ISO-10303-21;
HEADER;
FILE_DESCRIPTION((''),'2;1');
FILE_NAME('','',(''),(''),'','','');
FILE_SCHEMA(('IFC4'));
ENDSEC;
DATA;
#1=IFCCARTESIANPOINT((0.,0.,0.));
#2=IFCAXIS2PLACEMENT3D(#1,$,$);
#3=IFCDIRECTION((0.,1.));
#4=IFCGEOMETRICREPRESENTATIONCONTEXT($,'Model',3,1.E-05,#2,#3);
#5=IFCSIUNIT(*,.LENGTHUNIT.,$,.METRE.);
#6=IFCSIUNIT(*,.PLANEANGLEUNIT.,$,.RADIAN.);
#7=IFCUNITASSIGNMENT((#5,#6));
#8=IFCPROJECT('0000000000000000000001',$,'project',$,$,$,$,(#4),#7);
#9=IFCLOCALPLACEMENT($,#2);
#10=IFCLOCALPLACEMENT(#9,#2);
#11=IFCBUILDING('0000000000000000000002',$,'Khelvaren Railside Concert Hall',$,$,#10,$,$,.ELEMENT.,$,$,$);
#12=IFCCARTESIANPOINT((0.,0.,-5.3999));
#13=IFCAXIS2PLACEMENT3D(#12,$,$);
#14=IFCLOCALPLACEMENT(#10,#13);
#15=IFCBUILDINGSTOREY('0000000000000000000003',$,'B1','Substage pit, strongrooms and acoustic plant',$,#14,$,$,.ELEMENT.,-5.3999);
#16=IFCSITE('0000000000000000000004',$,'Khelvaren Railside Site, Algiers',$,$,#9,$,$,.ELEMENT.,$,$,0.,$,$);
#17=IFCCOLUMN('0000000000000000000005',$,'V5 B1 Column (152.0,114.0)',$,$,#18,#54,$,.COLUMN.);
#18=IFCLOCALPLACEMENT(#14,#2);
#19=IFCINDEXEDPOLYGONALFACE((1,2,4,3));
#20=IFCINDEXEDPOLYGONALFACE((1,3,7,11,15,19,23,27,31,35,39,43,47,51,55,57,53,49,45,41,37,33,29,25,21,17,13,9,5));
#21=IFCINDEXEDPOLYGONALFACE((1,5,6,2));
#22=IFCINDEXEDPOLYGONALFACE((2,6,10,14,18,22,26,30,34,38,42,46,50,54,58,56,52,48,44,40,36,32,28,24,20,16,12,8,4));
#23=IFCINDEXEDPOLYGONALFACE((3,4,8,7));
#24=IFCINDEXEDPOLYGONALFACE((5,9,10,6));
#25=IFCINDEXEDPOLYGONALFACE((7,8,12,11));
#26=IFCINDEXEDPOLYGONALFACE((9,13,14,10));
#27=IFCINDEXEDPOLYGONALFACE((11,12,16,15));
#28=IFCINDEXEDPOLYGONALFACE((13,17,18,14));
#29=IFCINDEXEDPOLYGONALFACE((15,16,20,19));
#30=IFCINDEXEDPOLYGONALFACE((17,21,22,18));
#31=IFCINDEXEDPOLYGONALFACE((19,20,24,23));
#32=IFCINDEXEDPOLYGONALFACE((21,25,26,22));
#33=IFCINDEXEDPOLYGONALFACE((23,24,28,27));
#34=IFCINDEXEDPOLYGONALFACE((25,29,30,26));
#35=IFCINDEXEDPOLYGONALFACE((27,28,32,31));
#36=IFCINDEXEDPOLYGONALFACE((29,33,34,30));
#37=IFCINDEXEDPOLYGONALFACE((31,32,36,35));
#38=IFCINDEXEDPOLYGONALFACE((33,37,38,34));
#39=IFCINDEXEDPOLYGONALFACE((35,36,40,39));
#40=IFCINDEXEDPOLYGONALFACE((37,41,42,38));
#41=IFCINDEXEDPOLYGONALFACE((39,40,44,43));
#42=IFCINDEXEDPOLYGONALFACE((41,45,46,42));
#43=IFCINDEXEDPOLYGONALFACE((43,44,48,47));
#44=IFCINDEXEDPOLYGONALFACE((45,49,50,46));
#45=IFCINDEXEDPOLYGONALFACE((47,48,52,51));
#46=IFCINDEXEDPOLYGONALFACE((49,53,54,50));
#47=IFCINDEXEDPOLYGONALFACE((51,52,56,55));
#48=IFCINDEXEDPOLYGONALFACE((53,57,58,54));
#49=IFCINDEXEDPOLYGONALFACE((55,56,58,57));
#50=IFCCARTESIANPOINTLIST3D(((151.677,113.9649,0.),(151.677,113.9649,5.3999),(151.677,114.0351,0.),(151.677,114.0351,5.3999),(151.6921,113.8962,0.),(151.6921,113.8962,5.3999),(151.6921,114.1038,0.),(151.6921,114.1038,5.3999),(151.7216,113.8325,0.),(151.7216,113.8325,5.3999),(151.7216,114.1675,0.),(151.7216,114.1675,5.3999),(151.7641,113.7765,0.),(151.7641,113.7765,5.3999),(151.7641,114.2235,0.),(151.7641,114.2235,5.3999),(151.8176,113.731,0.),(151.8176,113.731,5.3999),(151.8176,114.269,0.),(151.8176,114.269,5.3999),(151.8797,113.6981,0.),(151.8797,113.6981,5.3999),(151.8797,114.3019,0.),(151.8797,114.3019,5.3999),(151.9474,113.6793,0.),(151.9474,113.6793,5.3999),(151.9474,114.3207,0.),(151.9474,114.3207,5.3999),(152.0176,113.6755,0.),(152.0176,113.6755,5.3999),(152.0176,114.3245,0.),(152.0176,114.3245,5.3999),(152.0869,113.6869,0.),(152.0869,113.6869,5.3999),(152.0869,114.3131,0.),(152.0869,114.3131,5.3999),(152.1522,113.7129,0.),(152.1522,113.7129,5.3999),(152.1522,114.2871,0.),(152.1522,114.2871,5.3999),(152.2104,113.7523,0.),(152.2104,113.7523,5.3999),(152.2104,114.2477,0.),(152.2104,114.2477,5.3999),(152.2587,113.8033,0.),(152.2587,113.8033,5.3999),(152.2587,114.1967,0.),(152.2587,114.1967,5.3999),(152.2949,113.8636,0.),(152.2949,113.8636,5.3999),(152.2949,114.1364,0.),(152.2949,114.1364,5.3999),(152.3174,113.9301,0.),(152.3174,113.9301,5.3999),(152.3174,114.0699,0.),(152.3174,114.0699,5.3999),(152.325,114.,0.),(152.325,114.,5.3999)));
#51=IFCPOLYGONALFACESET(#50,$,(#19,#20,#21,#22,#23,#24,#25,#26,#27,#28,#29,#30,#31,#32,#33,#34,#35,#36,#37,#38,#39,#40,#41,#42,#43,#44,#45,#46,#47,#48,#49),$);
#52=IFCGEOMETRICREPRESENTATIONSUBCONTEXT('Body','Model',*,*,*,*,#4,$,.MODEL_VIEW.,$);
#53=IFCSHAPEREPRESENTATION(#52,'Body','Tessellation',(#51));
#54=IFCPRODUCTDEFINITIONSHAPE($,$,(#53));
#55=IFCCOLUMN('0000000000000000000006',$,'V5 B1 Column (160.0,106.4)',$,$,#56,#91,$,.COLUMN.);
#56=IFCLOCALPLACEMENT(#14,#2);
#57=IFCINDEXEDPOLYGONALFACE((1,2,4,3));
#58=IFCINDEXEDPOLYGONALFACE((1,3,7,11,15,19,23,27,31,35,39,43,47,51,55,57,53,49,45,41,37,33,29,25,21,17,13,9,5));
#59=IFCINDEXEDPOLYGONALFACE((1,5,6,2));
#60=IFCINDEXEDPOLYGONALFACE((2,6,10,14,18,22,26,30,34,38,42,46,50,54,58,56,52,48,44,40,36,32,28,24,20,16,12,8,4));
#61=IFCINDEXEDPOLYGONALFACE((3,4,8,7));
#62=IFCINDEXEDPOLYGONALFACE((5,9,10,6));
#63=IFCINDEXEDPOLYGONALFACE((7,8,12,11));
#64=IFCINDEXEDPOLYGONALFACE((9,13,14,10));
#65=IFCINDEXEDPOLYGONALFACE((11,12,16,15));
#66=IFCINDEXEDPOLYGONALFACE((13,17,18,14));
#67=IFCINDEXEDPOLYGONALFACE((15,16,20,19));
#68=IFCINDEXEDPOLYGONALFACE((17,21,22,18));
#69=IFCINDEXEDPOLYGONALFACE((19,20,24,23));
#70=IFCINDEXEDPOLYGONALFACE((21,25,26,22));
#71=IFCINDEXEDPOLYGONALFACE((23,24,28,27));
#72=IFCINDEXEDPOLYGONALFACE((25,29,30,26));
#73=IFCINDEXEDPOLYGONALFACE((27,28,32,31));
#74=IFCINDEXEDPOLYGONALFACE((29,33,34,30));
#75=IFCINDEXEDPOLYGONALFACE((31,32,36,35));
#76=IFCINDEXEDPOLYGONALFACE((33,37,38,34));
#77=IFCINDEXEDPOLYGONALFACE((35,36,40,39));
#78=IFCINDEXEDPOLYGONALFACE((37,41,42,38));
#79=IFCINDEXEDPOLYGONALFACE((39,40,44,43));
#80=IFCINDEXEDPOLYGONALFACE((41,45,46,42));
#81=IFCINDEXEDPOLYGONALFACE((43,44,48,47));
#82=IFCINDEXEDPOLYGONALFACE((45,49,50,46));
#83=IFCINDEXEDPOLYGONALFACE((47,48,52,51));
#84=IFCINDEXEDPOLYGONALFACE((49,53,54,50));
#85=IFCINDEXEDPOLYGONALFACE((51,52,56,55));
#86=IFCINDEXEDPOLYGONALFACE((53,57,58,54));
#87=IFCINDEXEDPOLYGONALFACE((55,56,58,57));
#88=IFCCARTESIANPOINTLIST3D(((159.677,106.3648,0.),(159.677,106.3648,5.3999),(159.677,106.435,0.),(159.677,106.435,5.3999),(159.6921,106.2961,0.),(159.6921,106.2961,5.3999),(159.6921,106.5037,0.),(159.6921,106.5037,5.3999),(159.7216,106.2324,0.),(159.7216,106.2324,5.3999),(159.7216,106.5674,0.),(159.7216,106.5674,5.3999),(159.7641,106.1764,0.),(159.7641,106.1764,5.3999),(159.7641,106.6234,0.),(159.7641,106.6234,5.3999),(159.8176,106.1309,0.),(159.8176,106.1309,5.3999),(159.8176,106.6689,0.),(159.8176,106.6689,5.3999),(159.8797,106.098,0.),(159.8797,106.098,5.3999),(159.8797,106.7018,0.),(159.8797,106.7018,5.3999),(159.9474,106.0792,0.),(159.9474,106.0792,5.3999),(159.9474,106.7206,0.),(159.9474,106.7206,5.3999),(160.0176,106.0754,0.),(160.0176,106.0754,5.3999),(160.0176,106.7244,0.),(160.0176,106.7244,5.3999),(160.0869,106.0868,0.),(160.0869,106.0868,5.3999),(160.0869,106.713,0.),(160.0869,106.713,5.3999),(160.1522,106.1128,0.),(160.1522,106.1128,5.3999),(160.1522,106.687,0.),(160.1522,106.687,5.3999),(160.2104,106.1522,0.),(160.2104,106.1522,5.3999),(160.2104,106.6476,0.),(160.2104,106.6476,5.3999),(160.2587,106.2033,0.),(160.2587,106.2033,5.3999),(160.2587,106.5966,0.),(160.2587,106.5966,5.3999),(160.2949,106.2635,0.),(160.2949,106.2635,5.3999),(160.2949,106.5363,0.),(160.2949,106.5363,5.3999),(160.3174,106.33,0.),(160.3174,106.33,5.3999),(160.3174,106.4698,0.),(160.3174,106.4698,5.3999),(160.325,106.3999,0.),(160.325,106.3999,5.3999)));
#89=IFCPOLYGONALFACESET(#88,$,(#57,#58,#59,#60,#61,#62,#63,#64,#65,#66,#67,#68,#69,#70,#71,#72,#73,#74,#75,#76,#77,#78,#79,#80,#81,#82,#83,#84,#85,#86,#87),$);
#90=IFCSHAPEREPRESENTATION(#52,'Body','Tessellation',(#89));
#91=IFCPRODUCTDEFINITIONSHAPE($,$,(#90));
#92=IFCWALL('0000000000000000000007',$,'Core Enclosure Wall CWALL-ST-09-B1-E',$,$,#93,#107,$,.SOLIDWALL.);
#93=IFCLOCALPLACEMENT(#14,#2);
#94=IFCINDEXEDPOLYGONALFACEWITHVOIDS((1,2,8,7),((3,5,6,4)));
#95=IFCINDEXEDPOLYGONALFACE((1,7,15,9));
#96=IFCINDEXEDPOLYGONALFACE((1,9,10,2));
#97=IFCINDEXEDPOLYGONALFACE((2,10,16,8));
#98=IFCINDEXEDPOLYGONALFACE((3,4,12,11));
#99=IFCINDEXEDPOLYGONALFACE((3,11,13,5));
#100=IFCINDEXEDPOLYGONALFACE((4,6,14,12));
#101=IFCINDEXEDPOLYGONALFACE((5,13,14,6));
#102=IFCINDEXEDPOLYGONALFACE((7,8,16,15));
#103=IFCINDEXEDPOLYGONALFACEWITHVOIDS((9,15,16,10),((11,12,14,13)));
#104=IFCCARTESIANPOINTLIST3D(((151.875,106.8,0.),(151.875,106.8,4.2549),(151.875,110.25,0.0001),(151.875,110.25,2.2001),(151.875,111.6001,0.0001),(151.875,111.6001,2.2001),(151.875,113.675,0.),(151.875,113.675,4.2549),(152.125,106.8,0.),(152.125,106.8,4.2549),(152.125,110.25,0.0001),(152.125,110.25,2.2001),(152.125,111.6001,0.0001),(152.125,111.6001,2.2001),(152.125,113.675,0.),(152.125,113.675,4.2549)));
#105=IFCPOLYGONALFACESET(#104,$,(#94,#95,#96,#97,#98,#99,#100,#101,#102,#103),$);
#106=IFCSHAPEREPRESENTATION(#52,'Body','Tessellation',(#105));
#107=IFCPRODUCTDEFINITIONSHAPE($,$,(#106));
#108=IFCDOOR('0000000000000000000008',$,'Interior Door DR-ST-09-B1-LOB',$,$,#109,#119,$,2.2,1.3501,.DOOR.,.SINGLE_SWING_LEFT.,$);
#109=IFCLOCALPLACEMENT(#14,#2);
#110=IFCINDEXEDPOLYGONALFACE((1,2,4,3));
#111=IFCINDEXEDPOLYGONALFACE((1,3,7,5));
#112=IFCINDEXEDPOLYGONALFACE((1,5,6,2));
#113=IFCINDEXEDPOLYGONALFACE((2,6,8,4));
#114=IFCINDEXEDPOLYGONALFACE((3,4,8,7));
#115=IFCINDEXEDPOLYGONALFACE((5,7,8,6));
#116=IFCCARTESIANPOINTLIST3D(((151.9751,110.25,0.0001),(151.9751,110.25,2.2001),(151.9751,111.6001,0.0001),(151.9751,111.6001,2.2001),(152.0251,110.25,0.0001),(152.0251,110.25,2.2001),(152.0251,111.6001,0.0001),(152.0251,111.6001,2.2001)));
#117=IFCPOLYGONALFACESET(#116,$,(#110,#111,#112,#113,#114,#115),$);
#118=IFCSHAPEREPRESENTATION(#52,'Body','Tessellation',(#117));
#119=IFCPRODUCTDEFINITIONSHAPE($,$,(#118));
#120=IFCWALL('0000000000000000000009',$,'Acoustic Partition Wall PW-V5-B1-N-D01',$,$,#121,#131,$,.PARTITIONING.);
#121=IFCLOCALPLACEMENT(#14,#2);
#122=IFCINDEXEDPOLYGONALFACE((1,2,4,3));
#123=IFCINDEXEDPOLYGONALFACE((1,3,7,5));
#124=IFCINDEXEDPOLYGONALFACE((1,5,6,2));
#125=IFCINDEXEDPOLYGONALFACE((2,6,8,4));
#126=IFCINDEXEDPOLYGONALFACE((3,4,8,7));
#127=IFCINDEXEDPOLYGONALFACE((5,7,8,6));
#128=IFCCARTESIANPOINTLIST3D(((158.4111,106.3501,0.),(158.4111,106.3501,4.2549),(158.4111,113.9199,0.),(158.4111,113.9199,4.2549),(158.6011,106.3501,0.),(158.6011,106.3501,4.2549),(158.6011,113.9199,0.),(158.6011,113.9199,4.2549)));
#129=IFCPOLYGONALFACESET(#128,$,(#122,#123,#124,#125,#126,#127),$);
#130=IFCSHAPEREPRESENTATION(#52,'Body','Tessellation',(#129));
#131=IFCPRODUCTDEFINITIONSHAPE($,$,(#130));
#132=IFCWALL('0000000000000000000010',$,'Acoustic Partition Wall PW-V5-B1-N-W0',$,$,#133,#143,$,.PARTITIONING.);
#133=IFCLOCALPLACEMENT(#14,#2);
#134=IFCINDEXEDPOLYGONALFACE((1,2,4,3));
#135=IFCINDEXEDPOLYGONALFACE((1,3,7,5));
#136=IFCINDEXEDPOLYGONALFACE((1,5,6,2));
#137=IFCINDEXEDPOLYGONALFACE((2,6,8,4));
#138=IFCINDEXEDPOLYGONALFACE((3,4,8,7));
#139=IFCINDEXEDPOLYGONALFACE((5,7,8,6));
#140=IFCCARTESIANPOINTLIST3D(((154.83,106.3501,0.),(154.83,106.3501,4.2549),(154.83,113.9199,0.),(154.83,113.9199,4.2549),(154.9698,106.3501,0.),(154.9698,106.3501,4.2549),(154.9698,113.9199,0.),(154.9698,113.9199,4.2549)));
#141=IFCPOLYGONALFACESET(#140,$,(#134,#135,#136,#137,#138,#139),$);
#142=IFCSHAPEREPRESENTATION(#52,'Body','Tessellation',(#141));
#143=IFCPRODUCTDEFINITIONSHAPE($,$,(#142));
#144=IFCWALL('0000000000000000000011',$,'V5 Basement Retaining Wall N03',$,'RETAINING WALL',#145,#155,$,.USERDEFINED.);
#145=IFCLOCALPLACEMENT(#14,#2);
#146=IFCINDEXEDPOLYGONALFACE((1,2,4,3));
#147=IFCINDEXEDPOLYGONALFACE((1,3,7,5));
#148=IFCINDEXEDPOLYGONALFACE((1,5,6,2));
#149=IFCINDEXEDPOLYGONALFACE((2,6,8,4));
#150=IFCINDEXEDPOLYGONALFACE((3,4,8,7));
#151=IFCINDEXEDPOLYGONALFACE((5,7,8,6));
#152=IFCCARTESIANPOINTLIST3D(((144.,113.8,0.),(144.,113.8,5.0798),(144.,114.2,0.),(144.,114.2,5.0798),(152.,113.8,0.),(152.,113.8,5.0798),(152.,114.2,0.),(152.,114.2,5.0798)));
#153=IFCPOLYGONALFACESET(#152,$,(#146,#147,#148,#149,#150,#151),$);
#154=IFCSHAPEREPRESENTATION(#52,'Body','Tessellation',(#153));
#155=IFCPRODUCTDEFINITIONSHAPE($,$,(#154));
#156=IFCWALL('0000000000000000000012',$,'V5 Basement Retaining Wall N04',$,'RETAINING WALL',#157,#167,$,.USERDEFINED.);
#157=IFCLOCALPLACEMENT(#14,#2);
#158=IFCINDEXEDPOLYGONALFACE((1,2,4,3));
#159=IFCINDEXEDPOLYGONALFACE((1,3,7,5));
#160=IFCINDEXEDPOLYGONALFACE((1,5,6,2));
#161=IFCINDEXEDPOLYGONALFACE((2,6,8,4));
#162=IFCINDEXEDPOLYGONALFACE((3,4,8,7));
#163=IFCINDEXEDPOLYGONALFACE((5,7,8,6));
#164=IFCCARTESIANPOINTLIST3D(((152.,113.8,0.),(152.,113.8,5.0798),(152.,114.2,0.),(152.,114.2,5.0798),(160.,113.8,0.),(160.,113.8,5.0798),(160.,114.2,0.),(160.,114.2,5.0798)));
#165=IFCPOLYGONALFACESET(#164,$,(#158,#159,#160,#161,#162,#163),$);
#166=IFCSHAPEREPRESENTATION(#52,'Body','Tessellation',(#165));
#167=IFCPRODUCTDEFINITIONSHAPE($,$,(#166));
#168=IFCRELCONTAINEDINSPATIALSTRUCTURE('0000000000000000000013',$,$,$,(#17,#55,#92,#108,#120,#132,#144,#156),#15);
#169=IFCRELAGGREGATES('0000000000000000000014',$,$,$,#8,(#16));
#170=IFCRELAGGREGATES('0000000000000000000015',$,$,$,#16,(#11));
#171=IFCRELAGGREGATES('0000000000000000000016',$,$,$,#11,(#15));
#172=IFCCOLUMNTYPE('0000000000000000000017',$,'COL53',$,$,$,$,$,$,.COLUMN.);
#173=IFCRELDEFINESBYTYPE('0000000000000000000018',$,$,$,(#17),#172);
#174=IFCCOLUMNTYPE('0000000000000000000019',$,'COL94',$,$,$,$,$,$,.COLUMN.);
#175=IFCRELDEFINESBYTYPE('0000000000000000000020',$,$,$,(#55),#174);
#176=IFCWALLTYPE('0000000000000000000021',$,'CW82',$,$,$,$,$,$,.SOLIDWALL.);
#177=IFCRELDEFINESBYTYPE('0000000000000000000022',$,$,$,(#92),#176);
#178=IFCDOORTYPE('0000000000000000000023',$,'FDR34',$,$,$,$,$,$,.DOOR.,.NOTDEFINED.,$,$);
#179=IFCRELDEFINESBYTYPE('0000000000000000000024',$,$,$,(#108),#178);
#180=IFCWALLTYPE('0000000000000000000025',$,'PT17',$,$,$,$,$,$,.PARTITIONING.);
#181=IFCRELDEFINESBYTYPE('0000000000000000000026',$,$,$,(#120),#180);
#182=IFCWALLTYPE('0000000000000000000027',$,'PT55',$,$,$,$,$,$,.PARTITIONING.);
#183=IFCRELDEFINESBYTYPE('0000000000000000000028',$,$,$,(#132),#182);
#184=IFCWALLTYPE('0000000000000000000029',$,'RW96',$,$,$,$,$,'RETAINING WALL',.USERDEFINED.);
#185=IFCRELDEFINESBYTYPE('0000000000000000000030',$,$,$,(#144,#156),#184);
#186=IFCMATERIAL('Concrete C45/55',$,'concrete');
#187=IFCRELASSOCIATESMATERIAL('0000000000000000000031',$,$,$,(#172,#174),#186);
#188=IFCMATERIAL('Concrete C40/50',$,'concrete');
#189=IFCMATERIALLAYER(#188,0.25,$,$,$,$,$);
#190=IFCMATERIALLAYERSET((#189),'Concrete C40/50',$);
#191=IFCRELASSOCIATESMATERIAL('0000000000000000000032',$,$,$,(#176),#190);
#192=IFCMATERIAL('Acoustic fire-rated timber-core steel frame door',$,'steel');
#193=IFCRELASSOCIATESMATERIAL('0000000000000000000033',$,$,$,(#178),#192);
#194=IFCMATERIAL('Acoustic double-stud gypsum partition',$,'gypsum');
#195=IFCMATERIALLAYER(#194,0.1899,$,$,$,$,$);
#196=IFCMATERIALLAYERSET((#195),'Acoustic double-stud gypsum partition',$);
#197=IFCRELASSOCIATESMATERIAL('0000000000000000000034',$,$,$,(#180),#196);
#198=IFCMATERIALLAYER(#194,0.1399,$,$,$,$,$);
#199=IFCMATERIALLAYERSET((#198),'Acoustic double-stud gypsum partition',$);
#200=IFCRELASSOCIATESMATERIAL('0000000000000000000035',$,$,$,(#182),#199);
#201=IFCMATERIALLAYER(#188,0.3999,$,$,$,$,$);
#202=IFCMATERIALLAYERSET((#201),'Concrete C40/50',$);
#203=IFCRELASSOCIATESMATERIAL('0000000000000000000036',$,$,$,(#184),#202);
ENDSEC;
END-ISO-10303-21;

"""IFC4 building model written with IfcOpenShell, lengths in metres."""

from ifc_helpers import new_model, si_unit, direction, frame, frame_2d, origin, origin_2d, place, context, subcontext, project, spatial, rectangle, circle, extrude, material, layer, layer_set, material_profile, profile_set, type_object, element, fill, save


model = new_model("IFC4")

# Units and contexts
model_context = context("Model", 3, precision=1e-05, world=origin(), true_north=direction((0.0, 1.0)))
body_context = subcontext(model_context, "Body", "Model", "MODEL_VIEW")
ifc_project = project(units=[si_unit("LENGTHUNIT", "METRE"), si_unit("PLANEANGLEUNIT", "RADIAN")], contexts=[model_context])

# Site, building, storey
site_placement = place(None, origin())
site = spatial("IfcSite", under=ifc_project, at=site_placement, Name="Khelvaren Railside Site, Algiers", CompositionType="ELEMENT", RefElevation=0.0)
building_placement = place(site_placement, origin())
building = spatial("IfcBuilding", under=site, at=building_placement, Name="Khelvaren Railside Concert Hall", CompositionType="ELEMENT")
storey_placement = place(building_placement, frame((0.0, 0.0, -5.3999)))
storey = spatial("IfcBuildingStorey", under=building, at=storey_placement, Name="B1", Description="Substage pit, strongrooms and acoustic plant", CompositionType="ELEMENT", Elevation=-5.3999)

# Columns
ifc_material_1 = material(Name="Concrete C45/55", Category="concrete")
ifc_material_profile_1 = material_profile(ifc_material_1, circle(Radius=0.325, at=origin_2d()), Name="RC D650")
ifc_profile_set_1 = profile_set([ifc_material_profile_1], Name="Concrete C45/55")
column_type_1 = type_object("IfcColumnType", Name="COL53", PredefinedType="COLUMN", material=ifc_profile_set_1)
column_1_placement = place(storey_placement, frame((152.0, 114.0, 0.0), z_axis=(0.0, 0.0, 1.0), x_axis=(1.0, 0.0, 0.0)))
element("IfcColumn", 1, at=column_1_placement, inside=storey, type_object=column_type_1, Name="V5 B1 Column (152.0,114.0)", PredefinedType="COLUMN", context=body_context, shape_type="SweptSolid", body=[
    extrude(circle(Radius=0.325, at=origin_2d()), origin(), (0.0, 0.0, 1.0), 5.3999),
])
ifc_material_profile_2 = material_profile(ifc_material_1, circle(Radius=0.325, at=origin_2d()), Name="RC D650")
ifc_profile_set_2 = profile_set([ifc_material_profile_2], Name="Concrete C45/55")
column_type_2 = type_object("IfcColumnType", Name="COL94", PredefinedType="COLUMN", material=ifc_profile_set_2)
column_2_placement = place(storey_placement, frame((160.0, 106.3999, 0.0), z_axis=(0.0, 0.0, 1.0), x_axis=(1.0, 0.0, 0.0)))
element("IfcColumn", 2, at=column_2_placement, inside=storey, type_object=column_type_2, Name="V5 B1 Column (160.0,106.4)", PredefinedType="COLUMN", context=body_context, shape_type="SweptSolid", body=[
    extrude(circle(Radius=0.325, at=origin_2d()), origin(), (0.0, 0.0, 1.0), 5.3999),
])

# Wall, opening, door
ifc_material_2 = material(Name="Concrete C40/50", Category="concrete")
ifc_layer_1 = layer(ifc_material_2, 0.25)
ifc_layer_set_1 = layer_set([ifc_layer_1], Name="Concrete C40/50")
wall_type_1 = type_object("IfcWallType", Name="CW82", PredefinedType="SOLIDWALL", material=ifc_layer_set_1)
wall_1_placement = place(storey_placement, frame((152.0, 106.8, 0.0), z_axis=(0.0, 0.0, 1.0), x_axis=(0.0, 1.0, 0.0)))
wall_1 = element("IfcWall", 3, at=wall_1_placement, inside=storey, type_object=wall_type_1, Name="Core Enclosure Wall CWALL-ST-09-B1-E", PredefinedType="SOLIDWALL", context=body_context, shape_type="SweptSolid", body=[
    extrude(rectangle(XDim=6.875, YDim=0.25, at=frame_2d((3.4375, 0.0))), origin(), (0.0, 0.0, 1.0), 4.2549),
])
opening_1_placement = place(wall_1_placement, frame((3.45, 0.0, 0.0)))
opening_1 = element("IfcOpeningElement", 4, at=opening_1_placement, cuts=wall_1, PredefinedType="OPENING", context=body_context, shape_type="SweptSolid", body=[
    extrude(rectangle(XDim=1.3501, YDim=2.2, at=frame_2d((0.675, 1.1001))), frame((0.0, 0.135, 0.0), z_axis=(0.0, -1.0, 0.0), x_axis=(1.0, 0.0, 0.0)), (0.0, 0.0, 1.0), 0.27),
])
ifc_material_3 = material(Name="Acoustic fire-rated timber-core steel frame door", Category="steel")
door_type_1 = type_object("IfcDoorType", Name="FDR34", OperationType="NOTDEFINED", PredefinedType="DOOR", material=ifc_material_3)
door_1_placement = place(opening_1_placement, origin())
door_1 = element("IfcDoor", 5, at=door_1_placement, inside=storey, type_object=door_type_1, Name="Interior Door DR-ST-09-B1-LOB", OperationType="SINGLE_SWING_LEFT", OverallHeight=2.2, OverallWidth=1.3501, PredefinedType="DOOR", context=body_context, shape_type="SweptSolid", body=[
    extrude(rectangle(XDim=1.3501, YDim=2.2, at=frame_2d((0.675, 1.1001))), frame((0.0, 0.0249, 0.0), z_axis=(0.0, -1.0, 0.0), x_axis=(1.0, 0.0, 0.0)), (0.0, 0.0, 1.0), 0.05),
])
fill(opening_1, door_1)

# Wall
ifc_material_4 = material(Name="Acoustic double-stud gypsum partition", Category="gypsum")
ifc_layer_2 = layer(ifc_material_4, 0.1899)
ifc_layer_set_2 = layer_set([ifc_layer_2], Name="Acoustic double-stud gypsum partition")
wall_type_2 = type_object("IfcWallType", Name="PT17", PredefinedType="PARTITIONING", material=ifc_layer_set_2)
wall_2_placement = place(storey_placement, frame((158.5061, 106.3501, 0.0), z_axis=(0.0, 0.0, 1.0), x_axis=(0.0, 1.0, 0.0)))
element("IfcWall", 6, at=wall_2_placement, inside=storey, type_object=wall_type_2, Name="Acoustic Partition Wall PW-V5-B1-N-D01", PredefinedType="PARTITIONING", context=body_context, shape_type="SweptSolid", body=[
    extrude(rectangle(XDim=7.5698, YDim=0.1899, at=frame_2d((3.7849, 0.0))), origin(), (0.0, 0.0, 1.0), 4.2549),
])

# Shared definitions
ifc_layer_3 = layer(ifc_material_4, 0.1399)
ifc_layer_set_3 = layer_set([ifc_layer_3], Name="Acoustic double-stud gypsum partition")
wall_type_3 = type_object("IfcWallType", Name="PT55", PredefinedType="PARTITIONING", material=ifc_layer_set_3)

# Walls
wall_3_placement = place(storey_placement, frame((154.8999, 106.3501, 0.0), z_axis=(0.0, 0.0, 1.0), x_axis=(0.0, 1.0, 0.0)))
element("IfcWall", 7, at=wall_3_placement, inside=storey, type_object=wall_type_3, Name="Acoustic Partition Wall PW-V5-B1-N-W0", PredefinedType="PARTITIONING", context=body_context, shape_type="SweptSolid", body=[
    extrude(rectangle(XDim=7.5698, YDim=0.1399, at=frame_2d((3.7849, 0.0))), origin(), (0.0, 0.0, 1.0), 4.2549),
])
ifc_layer_4 = layer(ifc_material_2, 0.3999)
ifc_layer_set_4 = layer_set([ifc_layer_4], Name="Concrete C40/50")
wall_type_4 = type_object("IfcWallType", Name="RW96", ElementType="RETAINING WALL", PredefinedType="USERDEFINED", material=ifc_layer_set_4)
for number, where, z_axis, x_axis, name in (
    (8, (152.0, 114.0, 0.0), (0.0, 0.0, 1.0), (-1.0, 0.0, 0.0), "V5 Basement Retaining Wall N03"),
    (9, (160.0, 114.0, 0.0), (0.0, 0.0, 1.0), (-1.0, 0.0, 0.0), "V5 Basement Retaining Wall N04"),
):
    element("IfcWall", number, at=place(storey_placement, frame(where, z_axis=z_axis, x_axis=x_axis)), inside=storey, type_object=wall_type_4, Name=name, ObjectType="RETAINING WALL", PredefinedType="USERDEFINED", context=body_context, shape_type="SweptSolid", body=[
        extrude(rectangle(XDim=8.0, YDim=0.3999, at=frame_2d((4.0, 0.0))), origin(), (0.0, 0.0, 1.0), 5.0798),
    ])

save(model, "model.ifc")
